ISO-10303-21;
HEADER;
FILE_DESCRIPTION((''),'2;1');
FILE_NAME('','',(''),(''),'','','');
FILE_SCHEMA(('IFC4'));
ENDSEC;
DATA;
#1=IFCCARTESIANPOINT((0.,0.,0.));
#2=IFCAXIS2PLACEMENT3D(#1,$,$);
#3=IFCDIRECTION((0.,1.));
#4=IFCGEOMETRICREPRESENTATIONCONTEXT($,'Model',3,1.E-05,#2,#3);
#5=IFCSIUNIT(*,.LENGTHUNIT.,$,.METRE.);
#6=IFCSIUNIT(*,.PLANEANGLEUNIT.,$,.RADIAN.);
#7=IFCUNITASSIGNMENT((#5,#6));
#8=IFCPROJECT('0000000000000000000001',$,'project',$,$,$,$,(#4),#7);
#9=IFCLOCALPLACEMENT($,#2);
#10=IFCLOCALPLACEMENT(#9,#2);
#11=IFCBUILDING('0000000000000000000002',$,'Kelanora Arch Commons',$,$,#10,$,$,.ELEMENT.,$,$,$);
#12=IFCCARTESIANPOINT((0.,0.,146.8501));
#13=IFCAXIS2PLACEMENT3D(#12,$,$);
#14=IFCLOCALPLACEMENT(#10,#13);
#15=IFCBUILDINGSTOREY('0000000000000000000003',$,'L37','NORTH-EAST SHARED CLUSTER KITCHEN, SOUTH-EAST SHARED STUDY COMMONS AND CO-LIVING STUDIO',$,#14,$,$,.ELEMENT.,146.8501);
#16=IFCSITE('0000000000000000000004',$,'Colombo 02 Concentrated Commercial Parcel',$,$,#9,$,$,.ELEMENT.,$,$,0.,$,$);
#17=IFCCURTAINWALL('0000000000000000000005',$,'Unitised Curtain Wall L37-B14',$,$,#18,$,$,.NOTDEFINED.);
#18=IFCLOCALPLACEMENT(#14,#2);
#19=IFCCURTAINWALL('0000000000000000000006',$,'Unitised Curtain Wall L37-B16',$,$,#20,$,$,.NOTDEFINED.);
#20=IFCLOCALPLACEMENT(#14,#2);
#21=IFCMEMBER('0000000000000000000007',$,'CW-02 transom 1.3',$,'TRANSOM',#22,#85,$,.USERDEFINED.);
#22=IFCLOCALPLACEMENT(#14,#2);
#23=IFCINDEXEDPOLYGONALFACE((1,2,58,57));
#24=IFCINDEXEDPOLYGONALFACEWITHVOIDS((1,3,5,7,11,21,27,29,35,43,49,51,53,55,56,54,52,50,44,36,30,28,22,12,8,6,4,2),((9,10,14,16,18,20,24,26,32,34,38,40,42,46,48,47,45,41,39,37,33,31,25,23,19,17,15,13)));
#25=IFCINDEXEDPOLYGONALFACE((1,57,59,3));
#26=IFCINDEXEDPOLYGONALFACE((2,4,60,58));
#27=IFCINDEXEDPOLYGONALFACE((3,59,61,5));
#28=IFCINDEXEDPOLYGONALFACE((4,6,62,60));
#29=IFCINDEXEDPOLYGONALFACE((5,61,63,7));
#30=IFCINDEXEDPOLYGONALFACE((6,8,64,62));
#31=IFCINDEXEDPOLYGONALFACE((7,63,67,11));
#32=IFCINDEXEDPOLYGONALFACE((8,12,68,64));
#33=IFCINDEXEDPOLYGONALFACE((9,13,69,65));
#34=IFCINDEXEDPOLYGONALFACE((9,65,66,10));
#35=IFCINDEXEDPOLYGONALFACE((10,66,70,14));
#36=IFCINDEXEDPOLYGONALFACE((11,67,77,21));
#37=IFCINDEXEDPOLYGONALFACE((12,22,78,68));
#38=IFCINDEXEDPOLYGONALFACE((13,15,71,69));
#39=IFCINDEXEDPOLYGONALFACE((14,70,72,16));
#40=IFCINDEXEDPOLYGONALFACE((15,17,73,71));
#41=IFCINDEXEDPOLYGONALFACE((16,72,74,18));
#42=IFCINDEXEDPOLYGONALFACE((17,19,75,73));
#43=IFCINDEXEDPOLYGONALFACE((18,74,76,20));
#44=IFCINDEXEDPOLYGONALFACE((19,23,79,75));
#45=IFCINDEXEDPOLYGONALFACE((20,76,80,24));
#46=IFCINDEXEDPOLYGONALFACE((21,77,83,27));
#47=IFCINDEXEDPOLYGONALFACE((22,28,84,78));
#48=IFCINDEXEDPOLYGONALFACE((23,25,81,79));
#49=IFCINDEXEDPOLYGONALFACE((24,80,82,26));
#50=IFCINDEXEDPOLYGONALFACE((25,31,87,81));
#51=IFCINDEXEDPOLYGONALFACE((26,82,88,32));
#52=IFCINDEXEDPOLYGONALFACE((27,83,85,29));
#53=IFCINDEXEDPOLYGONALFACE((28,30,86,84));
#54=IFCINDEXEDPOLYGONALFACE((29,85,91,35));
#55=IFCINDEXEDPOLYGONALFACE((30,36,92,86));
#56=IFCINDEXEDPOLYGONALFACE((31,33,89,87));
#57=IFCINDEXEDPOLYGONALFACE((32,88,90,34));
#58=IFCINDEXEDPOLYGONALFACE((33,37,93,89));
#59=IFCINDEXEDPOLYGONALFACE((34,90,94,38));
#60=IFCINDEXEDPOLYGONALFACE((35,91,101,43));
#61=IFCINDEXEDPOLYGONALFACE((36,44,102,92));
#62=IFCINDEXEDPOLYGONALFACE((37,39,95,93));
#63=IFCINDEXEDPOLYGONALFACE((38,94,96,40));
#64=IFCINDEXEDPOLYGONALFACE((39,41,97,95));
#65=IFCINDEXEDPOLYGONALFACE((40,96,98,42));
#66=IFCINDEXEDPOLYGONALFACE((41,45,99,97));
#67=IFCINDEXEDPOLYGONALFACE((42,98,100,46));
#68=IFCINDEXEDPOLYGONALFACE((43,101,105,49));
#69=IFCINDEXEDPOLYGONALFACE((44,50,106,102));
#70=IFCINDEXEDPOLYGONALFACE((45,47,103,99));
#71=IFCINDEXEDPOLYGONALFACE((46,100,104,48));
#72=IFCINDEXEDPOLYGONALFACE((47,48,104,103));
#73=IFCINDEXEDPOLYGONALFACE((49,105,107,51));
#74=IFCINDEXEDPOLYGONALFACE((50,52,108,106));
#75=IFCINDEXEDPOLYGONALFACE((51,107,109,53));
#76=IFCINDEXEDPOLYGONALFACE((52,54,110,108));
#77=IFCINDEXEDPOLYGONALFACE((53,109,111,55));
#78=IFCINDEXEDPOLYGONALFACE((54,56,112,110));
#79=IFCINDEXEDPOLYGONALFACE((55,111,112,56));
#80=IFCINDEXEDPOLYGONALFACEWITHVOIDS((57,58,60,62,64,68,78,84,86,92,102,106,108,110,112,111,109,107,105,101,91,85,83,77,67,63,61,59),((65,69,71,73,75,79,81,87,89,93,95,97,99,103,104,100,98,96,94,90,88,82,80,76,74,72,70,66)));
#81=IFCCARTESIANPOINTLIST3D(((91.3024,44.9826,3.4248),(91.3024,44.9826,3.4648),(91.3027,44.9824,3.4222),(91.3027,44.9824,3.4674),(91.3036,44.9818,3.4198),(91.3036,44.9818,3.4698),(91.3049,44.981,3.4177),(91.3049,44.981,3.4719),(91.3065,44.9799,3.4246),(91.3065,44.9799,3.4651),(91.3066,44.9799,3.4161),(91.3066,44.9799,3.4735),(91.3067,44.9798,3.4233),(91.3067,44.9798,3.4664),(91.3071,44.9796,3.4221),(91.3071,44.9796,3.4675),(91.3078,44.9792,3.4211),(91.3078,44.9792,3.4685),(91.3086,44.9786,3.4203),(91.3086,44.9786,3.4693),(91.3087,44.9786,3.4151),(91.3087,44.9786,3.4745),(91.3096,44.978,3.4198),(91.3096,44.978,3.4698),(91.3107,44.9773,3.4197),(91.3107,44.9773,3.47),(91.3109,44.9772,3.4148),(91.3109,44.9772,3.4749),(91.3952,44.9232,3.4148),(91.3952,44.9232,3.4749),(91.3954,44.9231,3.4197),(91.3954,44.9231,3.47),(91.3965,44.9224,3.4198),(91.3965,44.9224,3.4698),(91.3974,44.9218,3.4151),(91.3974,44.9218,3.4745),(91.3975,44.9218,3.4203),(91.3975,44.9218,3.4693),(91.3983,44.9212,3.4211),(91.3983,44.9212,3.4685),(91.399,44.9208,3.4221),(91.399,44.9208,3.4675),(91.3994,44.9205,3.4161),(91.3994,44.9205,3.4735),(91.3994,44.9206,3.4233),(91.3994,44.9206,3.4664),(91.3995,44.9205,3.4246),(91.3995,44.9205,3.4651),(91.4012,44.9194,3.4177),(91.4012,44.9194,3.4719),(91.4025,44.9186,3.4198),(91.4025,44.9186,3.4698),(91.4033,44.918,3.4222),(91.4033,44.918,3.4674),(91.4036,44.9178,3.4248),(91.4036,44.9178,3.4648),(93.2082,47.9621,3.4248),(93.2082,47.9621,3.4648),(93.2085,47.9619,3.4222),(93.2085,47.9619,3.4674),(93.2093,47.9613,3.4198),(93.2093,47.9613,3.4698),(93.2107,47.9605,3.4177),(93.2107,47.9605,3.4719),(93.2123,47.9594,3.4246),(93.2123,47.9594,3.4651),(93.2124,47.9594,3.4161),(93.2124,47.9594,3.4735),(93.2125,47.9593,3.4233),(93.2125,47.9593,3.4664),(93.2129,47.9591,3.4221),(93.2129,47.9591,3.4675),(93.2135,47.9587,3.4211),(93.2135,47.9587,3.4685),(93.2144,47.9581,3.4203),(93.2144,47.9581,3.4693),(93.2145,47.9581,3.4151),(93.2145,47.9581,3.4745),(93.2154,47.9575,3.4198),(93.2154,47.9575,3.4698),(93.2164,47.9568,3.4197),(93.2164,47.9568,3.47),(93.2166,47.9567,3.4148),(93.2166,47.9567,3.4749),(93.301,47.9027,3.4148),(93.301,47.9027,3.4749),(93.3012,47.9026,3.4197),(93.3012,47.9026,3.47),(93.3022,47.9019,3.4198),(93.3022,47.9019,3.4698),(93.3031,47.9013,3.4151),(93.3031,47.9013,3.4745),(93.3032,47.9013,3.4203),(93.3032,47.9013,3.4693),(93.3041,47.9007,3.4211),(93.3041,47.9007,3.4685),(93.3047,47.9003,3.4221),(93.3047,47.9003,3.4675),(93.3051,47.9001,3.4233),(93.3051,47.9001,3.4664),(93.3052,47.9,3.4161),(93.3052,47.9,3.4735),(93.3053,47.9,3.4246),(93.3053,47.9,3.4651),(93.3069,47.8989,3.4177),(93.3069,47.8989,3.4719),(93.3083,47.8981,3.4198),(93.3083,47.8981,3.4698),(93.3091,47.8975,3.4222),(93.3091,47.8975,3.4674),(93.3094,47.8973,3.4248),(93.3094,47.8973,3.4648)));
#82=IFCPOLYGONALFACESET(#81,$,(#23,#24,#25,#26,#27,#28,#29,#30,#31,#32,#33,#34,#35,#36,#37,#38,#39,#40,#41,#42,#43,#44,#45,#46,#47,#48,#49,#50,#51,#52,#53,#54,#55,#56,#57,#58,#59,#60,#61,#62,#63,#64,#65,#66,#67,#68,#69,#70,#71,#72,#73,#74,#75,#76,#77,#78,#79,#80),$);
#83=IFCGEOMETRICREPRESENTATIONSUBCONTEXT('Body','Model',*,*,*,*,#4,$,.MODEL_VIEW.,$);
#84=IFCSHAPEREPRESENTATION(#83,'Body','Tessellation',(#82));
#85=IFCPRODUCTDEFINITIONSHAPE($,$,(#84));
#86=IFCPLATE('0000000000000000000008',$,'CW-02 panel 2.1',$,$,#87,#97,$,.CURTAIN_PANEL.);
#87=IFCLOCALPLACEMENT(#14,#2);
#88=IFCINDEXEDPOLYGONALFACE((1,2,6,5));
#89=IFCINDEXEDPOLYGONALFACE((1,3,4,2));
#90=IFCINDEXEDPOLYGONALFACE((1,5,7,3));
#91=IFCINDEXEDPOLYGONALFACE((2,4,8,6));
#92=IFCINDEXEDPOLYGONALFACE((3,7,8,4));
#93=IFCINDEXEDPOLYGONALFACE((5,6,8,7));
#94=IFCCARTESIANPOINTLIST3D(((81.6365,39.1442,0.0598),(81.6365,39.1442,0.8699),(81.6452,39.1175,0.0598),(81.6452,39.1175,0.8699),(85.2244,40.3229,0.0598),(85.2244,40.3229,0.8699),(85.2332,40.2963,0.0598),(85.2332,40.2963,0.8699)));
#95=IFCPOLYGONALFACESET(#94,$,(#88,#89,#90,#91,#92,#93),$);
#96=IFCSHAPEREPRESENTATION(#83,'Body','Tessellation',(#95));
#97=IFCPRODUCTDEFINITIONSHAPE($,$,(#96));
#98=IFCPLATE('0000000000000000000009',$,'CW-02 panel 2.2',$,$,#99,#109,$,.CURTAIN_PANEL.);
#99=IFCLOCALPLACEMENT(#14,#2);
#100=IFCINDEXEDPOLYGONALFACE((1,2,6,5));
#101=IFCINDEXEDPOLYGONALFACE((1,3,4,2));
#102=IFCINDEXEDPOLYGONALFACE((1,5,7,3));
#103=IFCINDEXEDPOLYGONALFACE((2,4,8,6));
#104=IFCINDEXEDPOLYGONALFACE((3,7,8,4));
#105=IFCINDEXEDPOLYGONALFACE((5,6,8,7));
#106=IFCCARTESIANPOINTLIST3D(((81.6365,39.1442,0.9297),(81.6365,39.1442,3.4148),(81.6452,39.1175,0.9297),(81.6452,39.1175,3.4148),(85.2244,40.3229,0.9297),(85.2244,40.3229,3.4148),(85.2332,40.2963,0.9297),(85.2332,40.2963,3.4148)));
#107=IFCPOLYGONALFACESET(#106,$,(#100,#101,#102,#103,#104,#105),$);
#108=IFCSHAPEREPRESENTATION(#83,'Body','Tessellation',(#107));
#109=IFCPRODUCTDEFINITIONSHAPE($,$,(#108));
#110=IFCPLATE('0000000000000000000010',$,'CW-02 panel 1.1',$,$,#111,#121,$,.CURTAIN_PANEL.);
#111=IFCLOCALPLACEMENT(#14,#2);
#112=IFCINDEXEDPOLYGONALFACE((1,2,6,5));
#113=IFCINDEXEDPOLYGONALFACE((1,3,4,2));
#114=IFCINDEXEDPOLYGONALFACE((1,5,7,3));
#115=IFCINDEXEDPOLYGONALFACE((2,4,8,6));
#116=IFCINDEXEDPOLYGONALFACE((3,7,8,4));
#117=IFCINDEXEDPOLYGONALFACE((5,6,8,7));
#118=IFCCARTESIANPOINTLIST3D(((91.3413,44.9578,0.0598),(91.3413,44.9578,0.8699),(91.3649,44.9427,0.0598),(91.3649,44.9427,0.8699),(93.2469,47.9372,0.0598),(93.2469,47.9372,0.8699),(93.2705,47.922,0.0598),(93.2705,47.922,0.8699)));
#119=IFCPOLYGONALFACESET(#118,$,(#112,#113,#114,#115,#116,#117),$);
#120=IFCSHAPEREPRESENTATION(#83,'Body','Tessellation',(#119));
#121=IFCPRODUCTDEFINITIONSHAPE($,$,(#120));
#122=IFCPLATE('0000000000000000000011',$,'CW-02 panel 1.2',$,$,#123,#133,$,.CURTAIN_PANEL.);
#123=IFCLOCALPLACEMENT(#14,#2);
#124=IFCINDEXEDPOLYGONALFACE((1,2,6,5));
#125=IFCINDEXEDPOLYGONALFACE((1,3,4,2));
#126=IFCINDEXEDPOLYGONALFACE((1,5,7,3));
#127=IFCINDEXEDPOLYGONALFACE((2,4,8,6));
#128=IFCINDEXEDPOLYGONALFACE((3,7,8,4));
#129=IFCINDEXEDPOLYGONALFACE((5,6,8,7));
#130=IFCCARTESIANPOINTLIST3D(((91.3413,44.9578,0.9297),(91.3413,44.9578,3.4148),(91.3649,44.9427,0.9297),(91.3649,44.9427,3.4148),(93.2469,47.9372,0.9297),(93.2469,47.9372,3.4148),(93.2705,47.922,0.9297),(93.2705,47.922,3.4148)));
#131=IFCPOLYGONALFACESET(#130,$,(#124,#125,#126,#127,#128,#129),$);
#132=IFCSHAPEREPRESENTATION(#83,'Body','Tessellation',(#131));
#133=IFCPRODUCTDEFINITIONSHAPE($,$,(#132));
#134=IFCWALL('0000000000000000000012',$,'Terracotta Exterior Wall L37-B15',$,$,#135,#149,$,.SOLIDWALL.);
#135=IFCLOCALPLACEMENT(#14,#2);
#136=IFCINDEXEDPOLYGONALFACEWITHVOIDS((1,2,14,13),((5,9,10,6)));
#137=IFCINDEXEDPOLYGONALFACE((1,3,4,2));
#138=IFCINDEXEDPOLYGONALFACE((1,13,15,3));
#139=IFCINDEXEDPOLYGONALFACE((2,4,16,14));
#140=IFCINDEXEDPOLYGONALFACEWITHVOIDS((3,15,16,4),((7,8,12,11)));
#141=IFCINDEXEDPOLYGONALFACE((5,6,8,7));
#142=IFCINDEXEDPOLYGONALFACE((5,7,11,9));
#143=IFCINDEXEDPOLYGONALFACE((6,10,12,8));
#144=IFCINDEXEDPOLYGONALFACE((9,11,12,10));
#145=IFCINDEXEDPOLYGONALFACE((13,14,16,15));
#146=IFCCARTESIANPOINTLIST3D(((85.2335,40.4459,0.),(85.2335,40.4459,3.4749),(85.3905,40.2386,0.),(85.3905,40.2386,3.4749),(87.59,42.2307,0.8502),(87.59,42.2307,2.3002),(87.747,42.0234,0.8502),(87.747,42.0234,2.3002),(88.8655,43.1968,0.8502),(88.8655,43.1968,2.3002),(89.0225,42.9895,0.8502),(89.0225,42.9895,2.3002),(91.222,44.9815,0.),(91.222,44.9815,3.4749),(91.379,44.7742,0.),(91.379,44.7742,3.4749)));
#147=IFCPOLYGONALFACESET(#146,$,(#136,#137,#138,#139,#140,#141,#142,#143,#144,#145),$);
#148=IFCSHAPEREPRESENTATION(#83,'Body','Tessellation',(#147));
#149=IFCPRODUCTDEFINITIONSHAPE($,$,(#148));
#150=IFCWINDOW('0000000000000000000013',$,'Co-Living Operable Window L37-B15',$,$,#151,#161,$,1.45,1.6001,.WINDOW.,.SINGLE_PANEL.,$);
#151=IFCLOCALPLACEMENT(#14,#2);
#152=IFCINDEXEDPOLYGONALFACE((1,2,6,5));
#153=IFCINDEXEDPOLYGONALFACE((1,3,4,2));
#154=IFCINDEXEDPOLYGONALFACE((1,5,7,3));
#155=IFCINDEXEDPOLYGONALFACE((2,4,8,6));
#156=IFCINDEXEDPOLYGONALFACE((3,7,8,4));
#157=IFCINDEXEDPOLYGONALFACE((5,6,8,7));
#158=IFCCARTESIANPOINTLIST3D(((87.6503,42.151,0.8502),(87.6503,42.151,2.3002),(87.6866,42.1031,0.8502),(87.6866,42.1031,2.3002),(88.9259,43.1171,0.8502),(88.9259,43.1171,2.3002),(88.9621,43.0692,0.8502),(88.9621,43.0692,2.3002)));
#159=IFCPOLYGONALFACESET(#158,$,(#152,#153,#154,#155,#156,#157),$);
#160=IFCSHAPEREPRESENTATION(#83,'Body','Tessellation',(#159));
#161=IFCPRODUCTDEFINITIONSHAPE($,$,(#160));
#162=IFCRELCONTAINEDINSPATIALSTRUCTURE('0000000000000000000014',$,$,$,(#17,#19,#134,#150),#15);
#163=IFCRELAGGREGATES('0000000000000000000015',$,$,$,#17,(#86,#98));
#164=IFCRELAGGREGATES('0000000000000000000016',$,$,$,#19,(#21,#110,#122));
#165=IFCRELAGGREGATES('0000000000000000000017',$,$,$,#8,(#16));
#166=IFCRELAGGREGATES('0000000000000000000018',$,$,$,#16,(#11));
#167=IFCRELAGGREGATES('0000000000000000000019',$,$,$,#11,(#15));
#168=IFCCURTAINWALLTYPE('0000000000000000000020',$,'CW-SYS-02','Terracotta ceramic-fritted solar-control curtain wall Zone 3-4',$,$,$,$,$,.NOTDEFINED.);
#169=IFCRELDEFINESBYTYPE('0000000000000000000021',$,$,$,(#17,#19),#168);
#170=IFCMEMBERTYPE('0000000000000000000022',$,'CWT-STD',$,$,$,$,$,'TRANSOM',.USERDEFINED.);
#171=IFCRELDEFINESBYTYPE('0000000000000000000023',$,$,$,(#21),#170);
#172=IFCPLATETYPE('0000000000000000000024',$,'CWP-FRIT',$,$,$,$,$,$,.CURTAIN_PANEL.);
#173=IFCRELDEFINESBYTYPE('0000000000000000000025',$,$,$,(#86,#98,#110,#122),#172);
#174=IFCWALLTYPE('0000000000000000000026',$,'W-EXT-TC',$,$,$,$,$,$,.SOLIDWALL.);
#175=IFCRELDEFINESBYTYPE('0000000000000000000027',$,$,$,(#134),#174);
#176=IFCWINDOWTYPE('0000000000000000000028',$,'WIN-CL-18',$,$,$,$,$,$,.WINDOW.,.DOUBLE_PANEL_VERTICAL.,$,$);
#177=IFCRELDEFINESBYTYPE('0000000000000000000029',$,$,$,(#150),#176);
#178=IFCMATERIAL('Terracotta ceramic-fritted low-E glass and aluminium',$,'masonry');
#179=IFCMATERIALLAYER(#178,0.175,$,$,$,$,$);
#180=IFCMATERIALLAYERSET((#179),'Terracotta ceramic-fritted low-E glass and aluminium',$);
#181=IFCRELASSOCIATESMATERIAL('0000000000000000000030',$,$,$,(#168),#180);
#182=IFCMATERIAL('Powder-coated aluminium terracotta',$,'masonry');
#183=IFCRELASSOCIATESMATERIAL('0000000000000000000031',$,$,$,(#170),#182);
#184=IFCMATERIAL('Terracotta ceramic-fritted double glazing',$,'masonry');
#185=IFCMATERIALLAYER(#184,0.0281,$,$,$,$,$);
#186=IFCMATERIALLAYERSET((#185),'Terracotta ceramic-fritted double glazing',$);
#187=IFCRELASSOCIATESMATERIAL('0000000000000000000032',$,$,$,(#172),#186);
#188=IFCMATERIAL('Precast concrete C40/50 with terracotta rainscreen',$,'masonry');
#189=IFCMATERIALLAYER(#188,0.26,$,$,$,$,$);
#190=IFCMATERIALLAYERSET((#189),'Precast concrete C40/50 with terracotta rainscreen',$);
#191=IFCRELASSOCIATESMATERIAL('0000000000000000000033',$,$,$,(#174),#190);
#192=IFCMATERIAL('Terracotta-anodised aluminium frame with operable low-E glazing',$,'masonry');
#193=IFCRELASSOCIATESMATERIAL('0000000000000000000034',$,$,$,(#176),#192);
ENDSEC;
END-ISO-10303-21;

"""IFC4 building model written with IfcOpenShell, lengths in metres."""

from ifc_helpers import new_model, si_unit, direction, frame, frame_2d, origin, origin_2d, place, context, subcontext, project, spatial, rectangle, hollow_rectangle, extrude, source, transform, mapped, material, layer, layer_set, material_profile, profile_set, type_object, element, fill, aggregate, save


model = new_model("IFC4")

# Units and contexts
model_context = context("Model", 3, precision=1e-05, world=origin(), true_north=direction((0.0, 1.0)))
body_context = subcontext(model_context, "Body", "Model", "MODEL_VIEW")
ifc_project = project(units=[si_unit("LENGTHUNIT", "METRE"), si_unit("PLANEANGLEUNIT", "RADIAN")], contexts=[model_context])

# Site, building, storey
site_placement = place(None, origin())
site = spatial("IfcSite", under=ifc_project, at=site_placement, Name="Colombo 02 Concentrated Commercial Parcel", CompositionType="ELEMENT", RefElevation=0.0)
building_placement = place(site_placement, origin())
building = spatial("IfcBuilding", under=site, at=building_placement, Name="Kelanora Arch Commons", CompositionType="ELEMENT")
storey_placement = place(building_placement, frame((0.0, 0.0, 146.8501)))
storey = spatial("IfcBuildingStorey", under=building, at=storey_placement, Name="L37", Description="NORTH-EAST SHARED CLUSTER KITCHEN, SOUTH-EAST SHARED STUDY COMMONS AND CO-LIVING STUDIO", CompositionType="ELEMENT", Elevation=146.8501)

# Curtain wall
ifc_material_1 = material(Name="Terracotta ceramic-fritted low-E glass and aluminium", Category="masonry")
ifc_layer_1 = layer(ifc_material_1, 0.175)
ifc_layer_set_1 = layer_set([ifc_layer_1], Name="Terracotta ceramic-fritted low-E glass and aluminium")
curtain_wall_type = type_object("IfcCurtainWallType", Name="CW-SYS-02", Description="Terracotta ceramic-fritted solar-control curtain wall Zone 3-4", PredefinedType="NOTDEFINED", material=ifc_layer_set_1)
curtain_wall_1_placement = place(storey_placement, origin())
curtain_wall_1 = element("IfcCurtainWall", 1, at=curtain_wall_1_placement, inside=storey, type_object=curtain_wall_type, Name="Unitised Curtain Wall L37-B14", PredefinedType="NOTDEFINED")
ifc_material_2 = material(Name="Powder-coated aluminium terracotta", Category="masonry")

# Curtain wall, member
curtain_wall_2_placement = place(storey_placement, origin())
curtain_wall_2 = element("IfcCurtainWall", 2, at=curtain_wall_2_placement, inside=storey, type_object=curtain_wall_type, Name="Unitised Curtain Wall L37-B16", PredefinedType="NOTDEFINED")
ifc_material_profile_1 = material_profile(ifc_material_2, hollow_rectangle(XDim=0.1201, YDim=0.0601, WallThickness=0.0049, InnerFilletRadius=0.0049, OuterFilletRadius=0.01, at=origin_2d()), Name="CWT120x60")
ifc_profile_set_1 = profile_set([ifc_material_profile_1], Name="Powder-coated aluminium terracotta")
member_type_1 = type_object("IfcMemberType", Name="CWT-STD", ElementType="TRANSOM", PredefinedType="USERDEFINED", material=ifc_profile_set_1)
member_1_placement = place(storey_placement, frame((91.353, 44.9502, 3.4448), z_axis=(0.53883, 0.842414, 0.0), x_axis=(-0.842414, 0.53883, 0.0)))
member_1 = element("IfcMember", 3, at=member_1_placement, type_object=member_type_1, Name="CW-02 transom 1.3", ObjectType="TRANSOM", PredefinedType="USERDEFINED", context=body_context, shape_type="SweptSolid", body=[
    extrude(hollow_rectangle(XDim=0.1201, YDim=0.0601, WallThickness=0.0049, InnerFilletRadius=0.0049, OuterFilletRadius=0.01, at=origin_2d()), origin(), (0.0, 0.0, 1.0), 3.5369),
])

# Plates
ifc_material_3 = material(Name="Terracotta ceramic-fritted double glazing", Category="masonry")
ifc_layer_2 = layer(ifc_material_3, 0.0281)
ifc_layer_set_2 = layer_set([ifc_layer_2], Name="Terracotta ceramic-fritted double glazing")
plate_type = type_object("IfcPlateType", Name="CWP-FRIT", PredefinedType="CURTAIN_PANEL", material=ifc_layer_set_2)
shared_shape_1 = source(origin(), body_context, "Body", "SweptSolid", [
    extrude(rectangle(XDim=3.7766, YDim=0.0281, at=origin_2d()), origin(), (0.0, 0.0, 1.0), 0.8101),
])
plate_1_placement = place(storey_placement, frame((83.4348, 39.7202, 0.0598), z_axis=(0.0, 0.0, 1.0), x_axis=(0.95004, 0.312128, 0.0)))
plate_1 = element("IfcPlate", 4, at=plate_1_placement, type_object=plate_type, Name="CW-02 panel 2.1", PredefinedType="CURTAIN_PANEL", context=body_context, shape_type="MappedRepresentation", body=[
    mapped(shared_shape_1, transform((0.0, 0.0, 0.0), scale=1.0)),
])
shared_shape_2 = source(origin(), body_context, "Body", "SweptSolid", [
    extrude(rectangle(XDim=3.7766, YDim=0.0281, at=origin_2d()), origin(), (0.0, 0.0, 1.0), 2.4851),
])
plate_2_placement = place(storey_placement, frame((83.4348, 39.7202, 0.9297), z_axis=(0.0, 0.0, 1.0), x_axis=(0.95004, 0.312128, 0.0)))
plate_2 = element("IfcPlate", 5, at=plate_2_placement, type_object=plate_type, Name="CW-02 panel 2.2", PredefinedType="CURTAIN_PANEL", context=body_context, shape_type="MappedRepresentation", body=[
    mapped(shared_shape_2, transform((0.0, 0.0, 0.0), scale=1.0)),
])
aggregate(curtain_wall_1, [plate_1, plate_2])
shared_shape_3 = source(origin(), body_context, "Body", "SweptSolid", [
    extrude(rectangle(XDim=3.5366, YDim=0.0281, at=origin_2d()), origin(), (0.0, 0.0, 1.0), 0.8101),
])
plate_3_placement = place(storey_placement, frame((92.3059, 46.4399, 0.0598), z_axis=(0.0, 0.0, 1.0), x_axis=(0.538817, 0.842423, 0.0)))
plate_3 = element("IfcPlate", 6, at=plate_3_placement, type_object=plate_type, Name="CW-02 panel 1.1", PredefinedType="CURTAIN_PANEL", context=body_context, shape_type="MappedRepresentation", body=[
    mapped(shared_shape_3, transform((0.0, 0.0, 0.0), scale=1.0)),
])
shared_shape_4 = source(origin(), body_context, "Body", "SweptSolid", [
    extrude(rectangle(XDim=3.5366, YDim=0.0281, at=origin_2d()), origin(), (0.0, 0.0, 1.0), 2.4851),
])
plate_4_placement = place(storey_placement, frame((92.3059, 46.4399, 0.9297), z_axis=(0.0, 0.0, 1.0), x_axis=(0.538817, 0.842423, 0.0)))
plate_4 = element("IfcPlate", 7, at=plate_4_placement, type_object=plate_type, Name="CW-02 panel 1.2", PredefinedType="CURTAIN_PANEL", context=body_context, shape_type="MappedRepresentation", body=[
    mapped(shared_shape_4, transform((0.0, 0.0, 0.0), scale=1.0)),
])
aggregate(curtain_wall_2, [member_1, plate_3, plate_4])

# Wall, opening, window
ifc_material_4 = material(Name="Precast concrete C40/50 with terracotta rainscreen", Category="masonry")
ifc_layer_3 = layer(ifc_material_4, 0.26)
ifc_layer_set_3 = layer_set([ifc_layer_3], Name="Precast concrete C40/50 with terracotta rainscreen")
wall_type = type_object("IfcWallType", Name="W-EXT-TC", PredefinedType="SOLIDWALL", material=ifc_layer_set_3)
wall_placement = place(storey_placement, frame((85.312, 40.3423, 0.0), z_axis=(0.0, 0.0, 1.0), x_axis=(0.797164, 0.603763, 0.0)))
wall = element("IfcWall", 8, at=wall_placement, inside=storey, type_object=wall_type, Name="Terracotta Exterior Wall L37-B15", PredefinedType="SOLIDWALL", context=body_context, shape_type="SweptSolid", body=[
    extrude(rectangle(XDim=7.5122, YDim=0.26, at=frame_2d((3.7561, 0.0))), origin(), (0.0, 0.0, 1.0), 3.4749),
])
opening_placement = place(wall_placement, frame((2.9561, 0.0, 0.8501)))
opening = element("IfcOpeningElement", 9, at=opening_placement, cuts=wall, PredefinedType="OPENING", context=body_context, shape_type="SweptSolid", body=[
    extrude(rectangle(XDim=1.6001, YDim=1.45, at=frame_2d((0.8, 0.7251))), frame((0.0, 0.1401, 0.0), z_axis=(0.0, -1.0, 0.0), x_axis=(1.0, 0.0, 0.0)), (0.0, 0.0, 1.0), 0.28),
])
ifc_material_5 = material(Name="Terracotta-anodised aluminium frame with operable low-E glazing", Category="masonry")
window_type = type_object("IfcWindowType", Name="WIN-CL-18", PartitioningType="DOUBLE_PANEL_VERTICAL", PredefinedType="WINDOW", material=ifc_material_5)
window_placement = place(opening_placement, origin())
window = element("IfcWindow", 10, at=window_placement, inside=storey, type_object=window_type, Name="Co-Living Operable Window L37-B15", OverallHeight=1.45, OverallWidth=1.6001, PartitioningType="SINGLE_PANEL", PredefinedType="WINDOW", context=body_context, shape_type="SweptSolid", body=[
    extrude(rectangle(XDim=1.6001, YDim=1.45, at=frame_2d((0.8, 0.7251))), frame((0.0, 0.03, 0.0), z_axis=(0.0, -1.0, 0.0), x_axis=(1.0, 0.0, 0.0)), (0.0, 0.0, 1.0), 0.0601),
])
fill(opening, window)

save(model, "model.ifc")
